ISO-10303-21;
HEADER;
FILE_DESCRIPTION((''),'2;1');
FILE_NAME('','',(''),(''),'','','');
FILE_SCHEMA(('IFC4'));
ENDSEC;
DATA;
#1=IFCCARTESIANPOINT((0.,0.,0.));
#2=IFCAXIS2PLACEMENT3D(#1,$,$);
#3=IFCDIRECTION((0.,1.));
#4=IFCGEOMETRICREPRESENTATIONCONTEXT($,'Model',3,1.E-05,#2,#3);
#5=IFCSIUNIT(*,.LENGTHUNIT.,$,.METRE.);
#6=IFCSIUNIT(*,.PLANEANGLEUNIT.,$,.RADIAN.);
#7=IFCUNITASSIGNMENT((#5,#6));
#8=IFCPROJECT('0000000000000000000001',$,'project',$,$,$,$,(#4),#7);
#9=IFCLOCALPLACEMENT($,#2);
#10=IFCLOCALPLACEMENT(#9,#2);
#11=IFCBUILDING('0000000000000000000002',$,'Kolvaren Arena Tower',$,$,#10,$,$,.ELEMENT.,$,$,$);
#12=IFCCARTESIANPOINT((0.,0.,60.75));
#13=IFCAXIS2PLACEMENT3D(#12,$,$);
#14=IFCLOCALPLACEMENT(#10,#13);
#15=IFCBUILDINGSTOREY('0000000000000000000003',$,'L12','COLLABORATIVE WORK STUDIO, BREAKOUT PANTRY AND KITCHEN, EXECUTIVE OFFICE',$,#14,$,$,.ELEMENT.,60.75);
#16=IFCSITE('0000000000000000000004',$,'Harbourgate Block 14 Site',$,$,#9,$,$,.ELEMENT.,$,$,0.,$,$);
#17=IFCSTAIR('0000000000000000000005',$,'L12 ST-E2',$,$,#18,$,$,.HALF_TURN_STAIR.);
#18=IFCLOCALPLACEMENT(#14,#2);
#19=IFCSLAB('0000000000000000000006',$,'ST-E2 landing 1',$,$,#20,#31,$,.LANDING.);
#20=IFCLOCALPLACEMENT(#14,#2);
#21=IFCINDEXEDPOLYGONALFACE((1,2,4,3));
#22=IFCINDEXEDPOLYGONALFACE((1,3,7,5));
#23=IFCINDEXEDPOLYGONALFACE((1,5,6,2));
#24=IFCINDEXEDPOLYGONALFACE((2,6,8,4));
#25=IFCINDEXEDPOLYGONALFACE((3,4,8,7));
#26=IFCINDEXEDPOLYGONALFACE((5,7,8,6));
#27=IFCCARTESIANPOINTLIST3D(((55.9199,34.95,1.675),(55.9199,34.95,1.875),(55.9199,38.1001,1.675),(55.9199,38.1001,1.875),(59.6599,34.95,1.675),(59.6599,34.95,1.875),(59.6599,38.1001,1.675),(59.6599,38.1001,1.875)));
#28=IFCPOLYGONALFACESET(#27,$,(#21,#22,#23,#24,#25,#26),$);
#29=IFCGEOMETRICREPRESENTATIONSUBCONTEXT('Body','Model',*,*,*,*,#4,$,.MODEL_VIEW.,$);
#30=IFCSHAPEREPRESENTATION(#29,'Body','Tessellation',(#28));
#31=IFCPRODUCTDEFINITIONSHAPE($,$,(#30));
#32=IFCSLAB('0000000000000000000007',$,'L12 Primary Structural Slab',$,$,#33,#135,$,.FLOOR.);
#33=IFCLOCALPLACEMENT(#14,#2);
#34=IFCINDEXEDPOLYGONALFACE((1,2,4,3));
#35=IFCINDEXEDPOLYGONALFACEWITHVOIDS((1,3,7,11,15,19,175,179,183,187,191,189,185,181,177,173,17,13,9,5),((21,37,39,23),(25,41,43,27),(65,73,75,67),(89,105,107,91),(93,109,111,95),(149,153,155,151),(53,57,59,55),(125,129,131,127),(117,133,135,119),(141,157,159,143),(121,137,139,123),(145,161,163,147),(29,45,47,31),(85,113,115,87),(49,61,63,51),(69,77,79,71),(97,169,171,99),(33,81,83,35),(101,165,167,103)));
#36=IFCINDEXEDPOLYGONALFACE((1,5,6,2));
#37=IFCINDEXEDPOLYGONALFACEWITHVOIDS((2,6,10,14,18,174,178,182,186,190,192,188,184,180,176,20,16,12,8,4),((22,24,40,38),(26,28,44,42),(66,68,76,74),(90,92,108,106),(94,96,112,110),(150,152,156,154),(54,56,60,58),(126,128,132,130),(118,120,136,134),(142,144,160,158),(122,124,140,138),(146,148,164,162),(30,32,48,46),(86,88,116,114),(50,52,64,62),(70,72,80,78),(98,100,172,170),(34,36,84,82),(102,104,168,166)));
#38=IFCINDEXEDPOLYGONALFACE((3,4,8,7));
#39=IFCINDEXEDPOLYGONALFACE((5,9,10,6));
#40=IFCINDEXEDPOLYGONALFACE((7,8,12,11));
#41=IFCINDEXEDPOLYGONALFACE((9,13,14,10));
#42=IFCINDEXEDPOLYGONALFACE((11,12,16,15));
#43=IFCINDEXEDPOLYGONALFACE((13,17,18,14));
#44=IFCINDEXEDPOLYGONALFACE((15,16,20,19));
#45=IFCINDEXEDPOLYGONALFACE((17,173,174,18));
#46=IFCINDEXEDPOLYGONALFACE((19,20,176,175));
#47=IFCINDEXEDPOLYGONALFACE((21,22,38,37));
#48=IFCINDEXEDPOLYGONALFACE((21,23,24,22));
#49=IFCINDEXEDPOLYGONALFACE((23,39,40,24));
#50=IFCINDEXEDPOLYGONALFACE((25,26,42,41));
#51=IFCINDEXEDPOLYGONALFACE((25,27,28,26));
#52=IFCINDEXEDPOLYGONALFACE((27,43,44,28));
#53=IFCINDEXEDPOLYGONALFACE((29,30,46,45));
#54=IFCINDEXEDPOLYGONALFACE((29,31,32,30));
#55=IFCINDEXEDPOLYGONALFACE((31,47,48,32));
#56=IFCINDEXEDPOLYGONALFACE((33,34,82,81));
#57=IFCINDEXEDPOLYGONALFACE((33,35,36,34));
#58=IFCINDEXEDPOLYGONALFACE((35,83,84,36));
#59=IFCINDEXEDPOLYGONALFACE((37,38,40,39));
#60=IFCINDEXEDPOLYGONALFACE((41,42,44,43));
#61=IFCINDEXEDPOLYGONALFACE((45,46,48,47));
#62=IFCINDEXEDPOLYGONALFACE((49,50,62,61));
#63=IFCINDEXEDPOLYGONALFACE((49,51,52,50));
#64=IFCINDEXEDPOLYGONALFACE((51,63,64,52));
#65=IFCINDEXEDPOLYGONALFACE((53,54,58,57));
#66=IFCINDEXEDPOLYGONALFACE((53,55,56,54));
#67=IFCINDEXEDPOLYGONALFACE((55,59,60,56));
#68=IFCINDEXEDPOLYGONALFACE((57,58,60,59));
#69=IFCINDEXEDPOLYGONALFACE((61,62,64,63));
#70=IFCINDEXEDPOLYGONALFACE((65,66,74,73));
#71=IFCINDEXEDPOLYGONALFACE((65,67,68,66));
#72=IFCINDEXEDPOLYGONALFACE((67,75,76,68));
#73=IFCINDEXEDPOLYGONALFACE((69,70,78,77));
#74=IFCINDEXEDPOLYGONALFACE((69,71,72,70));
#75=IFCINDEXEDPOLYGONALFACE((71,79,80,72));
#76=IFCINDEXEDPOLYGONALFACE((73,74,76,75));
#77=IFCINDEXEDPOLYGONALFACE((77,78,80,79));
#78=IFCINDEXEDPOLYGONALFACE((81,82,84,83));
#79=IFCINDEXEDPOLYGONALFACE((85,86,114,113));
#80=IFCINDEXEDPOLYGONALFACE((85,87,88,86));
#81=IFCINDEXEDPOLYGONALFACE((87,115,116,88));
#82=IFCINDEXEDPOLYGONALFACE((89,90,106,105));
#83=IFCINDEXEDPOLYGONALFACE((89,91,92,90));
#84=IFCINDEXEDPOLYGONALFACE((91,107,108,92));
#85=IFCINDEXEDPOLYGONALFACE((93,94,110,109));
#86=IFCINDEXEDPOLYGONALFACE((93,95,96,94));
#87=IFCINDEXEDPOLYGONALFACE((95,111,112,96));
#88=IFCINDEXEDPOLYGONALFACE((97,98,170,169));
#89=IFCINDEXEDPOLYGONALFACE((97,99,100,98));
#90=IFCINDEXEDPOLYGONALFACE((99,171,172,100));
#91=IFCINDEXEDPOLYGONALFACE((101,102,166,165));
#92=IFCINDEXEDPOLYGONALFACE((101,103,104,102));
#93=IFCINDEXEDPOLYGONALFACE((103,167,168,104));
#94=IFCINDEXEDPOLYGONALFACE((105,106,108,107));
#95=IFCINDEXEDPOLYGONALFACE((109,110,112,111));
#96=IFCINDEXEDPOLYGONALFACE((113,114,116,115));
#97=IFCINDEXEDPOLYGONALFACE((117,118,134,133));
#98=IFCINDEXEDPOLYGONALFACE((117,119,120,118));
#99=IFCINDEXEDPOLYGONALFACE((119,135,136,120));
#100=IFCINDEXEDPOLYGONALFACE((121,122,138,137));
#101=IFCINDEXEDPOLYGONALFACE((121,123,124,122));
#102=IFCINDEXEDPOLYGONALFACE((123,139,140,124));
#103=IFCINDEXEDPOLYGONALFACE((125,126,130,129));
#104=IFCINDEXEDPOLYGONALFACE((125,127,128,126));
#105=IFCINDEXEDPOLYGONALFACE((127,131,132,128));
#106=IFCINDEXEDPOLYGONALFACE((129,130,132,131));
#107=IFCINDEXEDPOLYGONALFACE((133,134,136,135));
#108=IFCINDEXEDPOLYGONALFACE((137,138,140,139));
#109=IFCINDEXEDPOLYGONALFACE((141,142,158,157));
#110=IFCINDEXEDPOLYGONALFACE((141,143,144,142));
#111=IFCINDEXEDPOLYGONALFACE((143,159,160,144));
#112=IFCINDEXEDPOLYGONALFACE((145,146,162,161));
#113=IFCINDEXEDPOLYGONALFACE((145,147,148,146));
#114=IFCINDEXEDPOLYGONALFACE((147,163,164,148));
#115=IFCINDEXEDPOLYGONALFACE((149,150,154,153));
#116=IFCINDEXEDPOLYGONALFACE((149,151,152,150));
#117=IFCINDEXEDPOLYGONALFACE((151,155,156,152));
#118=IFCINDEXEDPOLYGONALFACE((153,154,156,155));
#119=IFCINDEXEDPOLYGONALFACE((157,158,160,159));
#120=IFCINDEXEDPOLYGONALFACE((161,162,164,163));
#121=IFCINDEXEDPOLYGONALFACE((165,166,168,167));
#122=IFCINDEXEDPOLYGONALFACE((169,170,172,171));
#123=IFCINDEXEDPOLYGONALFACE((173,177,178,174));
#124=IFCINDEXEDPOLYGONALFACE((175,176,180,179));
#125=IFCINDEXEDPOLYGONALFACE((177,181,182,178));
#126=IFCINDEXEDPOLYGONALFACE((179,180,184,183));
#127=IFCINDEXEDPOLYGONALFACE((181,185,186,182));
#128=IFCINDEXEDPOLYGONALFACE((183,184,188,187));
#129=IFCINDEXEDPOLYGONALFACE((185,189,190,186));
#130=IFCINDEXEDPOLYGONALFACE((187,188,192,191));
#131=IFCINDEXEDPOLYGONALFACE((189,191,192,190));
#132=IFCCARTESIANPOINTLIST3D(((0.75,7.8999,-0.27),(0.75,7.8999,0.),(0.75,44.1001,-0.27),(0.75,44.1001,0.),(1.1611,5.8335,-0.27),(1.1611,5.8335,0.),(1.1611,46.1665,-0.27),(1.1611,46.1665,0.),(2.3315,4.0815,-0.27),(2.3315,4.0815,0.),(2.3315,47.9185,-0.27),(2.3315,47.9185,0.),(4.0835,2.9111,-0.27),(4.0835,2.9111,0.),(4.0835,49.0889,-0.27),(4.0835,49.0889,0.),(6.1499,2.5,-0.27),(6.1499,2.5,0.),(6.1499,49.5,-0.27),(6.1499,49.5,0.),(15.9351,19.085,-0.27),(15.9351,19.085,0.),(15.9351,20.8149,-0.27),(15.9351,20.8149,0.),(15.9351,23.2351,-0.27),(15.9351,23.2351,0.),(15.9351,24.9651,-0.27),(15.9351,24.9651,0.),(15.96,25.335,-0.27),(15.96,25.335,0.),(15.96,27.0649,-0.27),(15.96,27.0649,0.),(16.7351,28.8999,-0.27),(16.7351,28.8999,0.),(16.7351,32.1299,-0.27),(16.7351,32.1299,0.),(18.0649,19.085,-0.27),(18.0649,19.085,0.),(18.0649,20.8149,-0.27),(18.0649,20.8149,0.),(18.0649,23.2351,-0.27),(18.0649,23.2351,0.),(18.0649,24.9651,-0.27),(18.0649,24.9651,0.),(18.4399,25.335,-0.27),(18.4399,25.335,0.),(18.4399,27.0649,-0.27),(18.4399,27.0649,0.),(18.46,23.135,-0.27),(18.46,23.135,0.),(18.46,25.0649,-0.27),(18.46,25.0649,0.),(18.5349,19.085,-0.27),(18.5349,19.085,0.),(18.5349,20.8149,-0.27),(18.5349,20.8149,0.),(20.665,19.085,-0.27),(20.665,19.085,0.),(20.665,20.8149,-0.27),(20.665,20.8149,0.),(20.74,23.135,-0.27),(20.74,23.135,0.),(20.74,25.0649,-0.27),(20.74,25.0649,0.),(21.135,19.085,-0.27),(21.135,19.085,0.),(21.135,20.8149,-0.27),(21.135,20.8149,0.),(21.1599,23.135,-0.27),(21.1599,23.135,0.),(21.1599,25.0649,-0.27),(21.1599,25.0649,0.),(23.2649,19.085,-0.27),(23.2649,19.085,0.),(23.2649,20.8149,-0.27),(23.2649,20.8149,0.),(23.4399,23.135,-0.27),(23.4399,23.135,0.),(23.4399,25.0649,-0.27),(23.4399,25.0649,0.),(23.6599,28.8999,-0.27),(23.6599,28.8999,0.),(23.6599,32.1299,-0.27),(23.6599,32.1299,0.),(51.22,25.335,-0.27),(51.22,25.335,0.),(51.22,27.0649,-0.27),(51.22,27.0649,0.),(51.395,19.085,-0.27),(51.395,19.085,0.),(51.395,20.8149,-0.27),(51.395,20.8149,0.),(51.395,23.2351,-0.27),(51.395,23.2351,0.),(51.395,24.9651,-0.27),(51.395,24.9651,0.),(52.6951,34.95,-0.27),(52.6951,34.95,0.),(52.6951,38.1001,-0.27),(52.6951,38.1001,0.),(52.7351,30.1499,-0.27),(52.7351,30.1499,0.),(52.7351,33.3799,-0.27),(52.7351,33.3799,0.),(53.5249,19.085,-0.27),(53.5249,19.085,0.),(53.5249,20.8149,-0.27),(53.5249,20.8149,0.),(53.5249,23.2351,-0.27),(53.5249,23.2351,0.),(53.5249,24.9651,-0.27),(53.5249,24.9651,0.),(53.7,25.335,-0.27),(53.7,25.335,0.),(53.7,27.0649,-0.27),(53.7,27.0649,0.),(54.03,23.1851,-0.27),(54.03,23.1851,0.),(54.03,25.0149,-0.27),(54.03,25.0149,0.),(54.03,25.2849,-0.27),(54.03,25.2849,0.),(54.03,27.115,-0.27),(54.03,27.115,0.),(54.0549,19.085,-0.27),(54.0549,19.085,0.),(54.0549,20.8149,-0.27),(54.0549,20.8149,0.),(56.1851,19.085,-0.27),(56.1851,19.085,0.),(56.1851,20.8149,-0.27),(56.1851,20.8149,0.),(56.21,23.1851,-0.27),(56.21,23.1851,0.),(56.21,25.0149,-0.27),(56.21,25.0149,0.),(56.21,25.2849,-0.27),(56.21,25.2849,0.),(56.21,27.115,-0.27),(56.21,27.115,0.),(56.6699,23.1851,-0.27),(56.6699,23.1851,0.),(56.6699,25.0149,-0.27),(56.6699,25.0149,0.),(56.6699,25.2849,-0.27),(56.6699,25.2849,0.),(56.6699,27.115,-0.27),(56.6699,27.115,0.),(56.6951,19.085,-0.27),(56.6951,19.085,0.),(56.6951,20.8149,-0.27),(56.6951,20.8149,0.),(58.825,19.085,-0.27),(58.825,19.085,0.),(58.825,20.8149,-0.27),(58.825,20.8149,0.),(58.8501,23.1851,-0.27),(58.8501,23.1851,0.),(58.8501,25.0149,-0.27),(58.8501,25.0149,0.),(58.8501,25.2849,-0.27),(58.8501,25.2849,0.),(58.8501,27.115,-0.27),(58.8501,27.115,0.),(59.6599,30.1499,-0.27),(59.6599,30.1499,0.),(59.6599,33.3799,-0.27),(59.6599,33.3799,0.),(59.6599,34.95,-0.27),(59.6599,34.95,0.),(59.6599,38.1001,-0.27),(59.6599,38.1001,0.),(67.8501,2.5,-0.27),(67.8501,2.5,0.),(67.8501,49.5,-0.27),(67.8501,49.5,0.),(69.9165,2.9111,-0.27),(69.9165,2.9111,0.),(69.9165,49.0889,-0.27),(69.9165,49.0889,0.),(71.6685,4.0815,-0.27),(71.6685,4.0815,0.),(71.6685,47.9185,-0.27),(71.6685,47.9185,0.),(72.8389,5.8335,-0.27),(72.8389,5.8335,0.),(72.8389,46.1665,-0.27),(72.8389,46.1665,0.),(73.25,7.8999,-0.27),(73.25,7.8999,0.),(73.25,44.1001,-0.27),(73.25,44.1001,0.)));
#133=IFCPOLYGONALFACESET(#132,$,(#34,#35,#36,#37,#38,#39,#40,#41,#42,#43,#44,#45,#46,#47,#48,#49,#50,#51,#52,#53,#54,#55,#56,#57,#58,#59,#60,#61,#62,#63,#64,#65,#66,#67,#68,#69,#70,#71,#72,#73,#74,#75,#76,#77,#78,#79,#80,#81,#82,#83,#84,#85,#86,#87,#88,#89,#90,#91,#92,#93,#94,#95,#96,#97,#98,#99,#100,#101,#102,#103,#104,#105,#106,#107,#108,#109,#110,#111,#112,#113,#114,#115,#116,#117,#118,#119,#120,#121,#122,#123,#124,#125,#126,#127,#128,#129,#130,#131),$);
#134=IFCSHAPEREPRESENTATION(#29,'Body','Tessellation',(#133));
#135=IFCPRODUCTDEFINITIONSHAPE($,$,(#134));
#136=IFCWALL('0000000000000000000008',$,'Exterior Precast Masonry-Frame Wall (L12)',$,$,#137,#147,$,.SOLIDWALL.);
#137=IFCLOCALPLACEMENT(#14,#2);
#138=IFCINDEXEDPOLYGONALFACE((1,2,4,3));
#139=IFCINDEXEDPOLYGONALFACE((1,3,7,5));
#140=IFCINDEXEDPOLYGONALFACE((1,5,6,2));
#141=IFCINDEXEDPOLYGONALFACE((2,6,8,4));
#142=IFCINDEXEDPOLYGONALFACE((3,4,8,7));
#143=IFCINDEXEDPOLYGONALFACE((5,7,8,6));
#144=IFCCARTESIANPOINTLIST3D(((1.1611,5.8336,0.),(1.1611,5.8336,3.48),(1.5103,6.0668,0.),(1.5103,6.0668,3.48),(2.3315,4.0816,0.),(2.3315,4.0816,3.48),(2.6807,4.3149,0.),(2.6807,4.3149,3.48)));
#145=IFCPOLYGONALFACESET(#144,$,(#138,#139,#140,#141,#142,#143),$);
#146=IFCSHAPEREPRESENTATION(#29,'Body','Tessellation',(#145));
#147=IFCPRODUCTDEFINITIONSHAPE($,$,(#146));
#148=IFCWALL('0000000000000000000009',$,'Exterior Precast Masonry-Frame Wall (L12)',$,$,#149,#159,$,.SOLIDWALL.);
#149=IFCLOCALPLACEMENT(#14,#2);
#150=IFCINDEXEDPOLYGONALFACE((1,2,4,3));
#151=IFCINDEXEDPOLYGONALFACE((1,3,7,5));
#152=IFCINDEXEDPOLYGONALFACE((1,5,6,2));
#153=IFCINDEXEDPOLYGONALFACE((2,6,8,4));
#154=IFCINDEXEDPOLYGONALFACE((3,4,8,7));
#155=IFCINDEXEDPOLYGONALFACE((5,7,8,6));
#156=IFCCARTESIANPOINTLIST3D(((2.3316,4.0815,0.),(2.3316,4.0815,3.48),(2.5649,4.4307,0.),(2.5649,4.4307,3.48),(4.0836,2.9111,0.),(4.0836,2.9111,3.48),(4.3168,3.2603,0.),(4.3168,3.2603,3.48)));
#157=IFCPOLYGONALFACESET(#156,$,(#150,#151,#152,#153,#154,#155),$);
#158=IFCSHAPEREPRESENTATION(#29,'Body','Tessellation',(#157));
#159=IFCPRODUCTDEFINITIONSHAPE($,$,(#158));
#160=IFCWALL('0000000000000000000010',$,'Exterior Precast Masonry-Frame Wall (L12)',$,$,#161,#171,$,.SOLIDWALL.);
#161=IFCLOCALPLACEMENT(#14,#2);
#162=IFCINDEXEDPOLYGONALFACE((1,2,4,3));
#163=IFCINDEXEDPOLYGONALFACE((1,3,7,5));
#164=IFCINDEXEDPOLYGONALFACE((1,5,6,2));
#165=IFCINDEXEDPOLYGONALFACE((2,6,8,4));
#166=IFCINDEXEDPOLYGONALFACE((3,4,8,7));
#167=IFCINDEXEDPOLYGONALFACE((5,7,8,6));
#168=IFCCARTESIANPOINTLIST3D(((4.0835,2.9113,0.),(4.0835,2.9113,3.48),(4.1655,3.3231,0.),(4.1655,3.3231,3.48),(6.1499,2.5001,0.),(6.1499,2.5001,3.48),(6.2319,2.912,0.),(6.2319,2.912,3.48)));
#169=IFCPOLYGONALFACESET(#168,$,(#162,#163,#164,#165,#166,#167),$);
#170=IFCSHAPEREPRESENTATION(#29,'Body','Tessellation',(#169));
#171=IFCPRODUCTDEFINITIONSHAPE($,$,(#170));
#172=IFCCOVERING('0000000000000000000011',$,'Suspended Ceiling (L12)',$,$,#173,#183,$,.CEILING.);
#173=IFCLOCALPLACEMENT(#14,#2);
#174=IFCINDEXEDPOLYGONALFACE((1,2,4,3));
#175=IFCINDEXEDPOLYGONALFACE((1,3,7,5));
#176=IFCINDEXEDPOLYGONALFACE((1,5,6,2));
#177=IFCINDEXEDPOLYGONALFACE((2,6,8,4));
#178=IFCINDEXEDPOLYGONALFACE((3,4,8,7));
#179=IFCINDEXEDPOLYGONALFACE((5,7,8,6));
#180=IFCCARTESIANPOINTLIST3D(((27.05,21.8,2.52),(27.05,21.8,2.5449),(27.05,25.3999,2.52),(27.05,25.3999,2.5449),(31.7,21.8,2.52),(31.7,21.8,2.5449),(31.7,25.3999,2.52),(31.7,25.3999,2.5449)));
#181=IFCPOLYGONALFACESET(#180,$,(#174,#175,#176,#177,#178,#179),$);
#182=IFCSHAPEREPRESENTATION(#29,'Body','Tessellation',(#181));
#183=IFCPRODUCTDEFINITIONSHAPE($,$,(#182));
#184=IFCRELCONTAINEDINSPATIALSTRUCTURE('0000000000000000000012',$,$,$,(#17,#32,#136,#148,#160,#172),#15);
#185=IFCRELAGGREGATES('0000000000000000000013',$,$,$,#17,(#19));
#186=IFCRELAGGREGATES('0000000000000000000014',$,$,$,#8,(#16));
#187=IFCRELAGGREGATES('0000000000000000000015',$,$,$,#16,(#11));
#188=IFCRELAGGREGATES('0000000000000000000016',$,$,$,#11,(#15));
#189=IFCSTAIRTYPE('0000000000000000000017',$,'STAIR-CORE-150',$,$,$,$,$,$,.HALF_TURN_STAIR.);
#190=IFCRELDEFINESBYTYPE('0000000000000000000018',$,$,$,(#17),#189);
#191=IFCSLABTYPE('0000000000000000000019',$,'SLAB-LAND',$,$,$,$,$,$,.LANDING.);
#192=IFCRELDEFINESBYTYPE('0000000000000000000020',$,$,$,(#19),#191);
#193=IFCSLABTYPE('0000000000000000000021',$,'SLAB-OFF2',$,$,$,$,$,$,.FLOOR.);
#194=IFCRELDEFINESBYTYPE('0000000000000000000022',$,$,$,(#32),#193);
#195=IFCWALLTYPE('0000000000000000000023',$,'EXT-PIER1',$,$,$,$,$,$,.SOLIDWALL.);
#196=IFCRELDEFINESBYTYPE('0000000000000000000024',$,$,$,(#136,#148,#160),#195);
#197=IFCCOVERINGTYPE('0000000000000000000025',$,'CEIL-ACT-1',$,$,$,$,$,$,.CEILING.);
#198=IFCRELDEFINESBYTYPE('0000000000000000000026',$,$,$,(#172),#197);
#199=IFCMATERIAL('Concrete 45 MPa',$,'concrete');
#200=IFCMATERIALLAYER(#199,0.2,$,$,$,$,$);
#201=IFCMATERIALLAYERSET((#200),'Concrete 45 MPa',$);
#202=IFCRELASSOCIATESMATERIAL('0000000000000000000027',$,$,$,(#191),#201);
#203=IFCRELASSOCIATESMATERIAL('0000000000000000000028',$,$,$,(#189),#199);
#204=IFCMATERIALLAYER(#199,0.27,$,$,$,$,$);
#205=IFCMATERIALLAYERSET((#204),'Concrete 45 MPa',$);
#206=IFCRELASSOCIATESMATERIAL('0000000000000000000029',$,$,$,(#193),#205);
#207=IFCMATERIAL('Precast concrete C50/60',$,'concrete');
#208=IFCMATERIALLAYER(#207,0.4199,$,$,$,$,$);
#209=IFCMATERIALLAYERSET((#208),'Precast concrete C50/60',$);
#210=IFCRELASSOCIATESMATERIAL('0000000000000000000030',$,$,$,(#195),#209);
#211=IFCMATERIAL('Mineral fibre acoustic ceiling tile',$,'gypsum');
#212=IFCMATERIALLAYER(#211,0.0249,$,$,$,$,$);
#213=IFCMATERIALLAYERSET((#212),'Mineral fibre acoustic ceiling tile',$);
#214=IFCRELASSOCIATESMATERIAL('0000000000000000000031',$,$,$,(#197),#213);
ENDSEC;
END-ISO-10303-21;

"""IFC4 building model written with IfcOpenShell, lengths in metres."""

from ifc_helpers import new_model, si_unit, direction, frame, frame_2d, origin, place, context, subcontext, project, spatial, polyline, rectangle, outline, extrude, material, layer, layer_set, type_object, element, aggregate, save


model = new_model("IFC4")

# Units and contexts
model_context = context("Model", 3, precision=1e-05, world=origin(), true_north=direction((0.0, 1.0)))
body_context = subcontext(model_context, "Body", "Model", "MODEL_VIEW")
ifc_project = project(units=[si_unit("LENGTHUNIT", "METRE"), si_unit("PLANEANGLEUNIT", "RADIAN")], contexts=[model_context])

# Site, building, storey
site_placement = place(None, origin())
site = spatial("IfcSite", under=ifc_project, at=site_placement, Name="Harbourgate Block 14 Site", CompositionType="ELEMENT", RefElevation=0.0)
building_placement = place(site_placement, origin())
building = spatial("IfcBuilding", under=site, at=building_placement, Name="Kolvaren Arena Tower", CompositionType="ELEMENT")
storey_placement = place(building_placement, frame((0.0, 0.0, 60.75)))
storey = spatial("IfcBuildingStorey", under=building, at=storey_placement, Name="L12", Description="COLLABORATIVE WORK STUDIO, BREAKOUT PANTRY AND KITCHEN, EXECUTIVE OFFICE", CompositionType="ELEMENT", Elevation=60.75)

# Stair, slab
ifc_material_1 = material(Name="Concrete 45 MPa", Category="concrete")
ifc_layer_1 = layer(ifc_material_1, 0.2)
ifc_layer_set_1 = layer_set([ifc_layer_1], Name="Concrete 45 MPa")
slab_type_1 = type_object("IfcSlabType", Name="SLAB-LAND", PredefinedType="LANDING", material=ifc_layer_set_1)
stair_type_1 = type_object("IfcStairType", Name="STAIR-CORE-150", PredefinedType="HALF_TURN_STAIR", material=ifc_material_1)
stair_1_placement = place(storey_placement, origin())
stair_1 = element("IfcStair", 1, at=stair_1_placement, inside=storey, type_object=stair_type_1, Name="L12 ST-E2", PredefinedType="HALF_TURN_STAIR")
slab_1_placement = place(storey_placement, frame((0.0, 0.0, 1.675)))
slab_1 = element("IfcSlab", 2, at=slab_1_placement, type_object=slab_type_1, Name="ST-E2 landing 1", PredefinedType="LANDING", context=body_context, shape_type="SweptSolid", body=[
    extrude(outline(polyline([(55.9199, 34.95), (59.6599, 34.95), (59.6599, 38.1001), (55.9199, 38.1001), (55.9199, 34.95)])), origin(), (0.0, 0.0, 1.0), 0.2),
])
aggregate(stair_1, [slab_1])

# Slab
ifc_layer_2 = layer(ifc_material_1, 0.27)
ifc_layer_set_2 = layer_set([ifc_layer_2], Name="Concrete 45 MPa")
slab_type_2 = type_object("IfcSlabType", Name="SLAB-OFF2", PredefinedType="FLOOR", material=ifc_layer_set_2)
slab_2_placement = place(storey_placement, frame((0.0, 0.0, -0.27)))
element("IfcSlab", 3, at=slab_2_placement, inside=storey, type_object=slab_type_2, Name="L12 Primary Structural Slab", PredefinedType="FLOOR", context=body_context, shape_type="SweptSolid", body=[
    extrude(outline(polyline([(67.8501, 2.5), (69.9165, 2.9111), (71.6685, 4.0815), (72.8389, 5.8335), (73.25, 7.8999), (73.25, 44.1001), (72.8389, 46.1665), (71.6685, 47.9185), (69.9165, 49.0889), (67.8501, 49.5), (6.1499, 49.5), (4.0835, 49.0889), (2.3315, 47.9185), (1.1611, 46.1665), (0.75, 44.1001), (0.75, 7.8999), (1.1611, 5.8335), (2.3315, 4.0815), (4.0835, 2.9111), (6.1499, 2.5), (67.8501, 2.5)]), holes=[polyline([(15.9351, 19.085), (15.9351, 20.8149), (18.0649, 20.8149), (18.0649, 19.085), (15.9351, 19.085)]), polyline([(18.5349, 19.085), (18.5349, 20.8149), (20.665, 20.8149), (20.665, 19.085), (18.5349, 19.085)]), polyline([(21.135, 19.085), (21.135, 20.8149), (23.2649, 20.8149), (23.2649, 19.085), (21.135, 19.085)]), polyline([(51.395, 19.085), (51.395, 20.8149), (53.5249, 20.8149), (53.5249, 19.085), (51.395, 19.085)]), polyline([(54.0549, 19.085), (54.0549, 20.8149), (56.1851, 20.8149), (56.1851, 19.085), (54.0549, 19.085)]), polyline([(56.6951, 19.085), (56.6951, 20.8149), (58.825, 20.8149), (58.825, 19.085), (56.6951, 19.085)]), polyline([(18.46, 23.135), (18.46, 25.0649), (20.74, 25.0649), (20.74, 23.135), (18.46, 23.135)]), polyline([(21.1599, 23.135), (21.1599, 25.0649), (23.4399, 25.0649), (23.4399, 23.135), (21.1599, 23.135)]), polyline([(54.03, 25.0149), (56.21, 25.0149), (56.21, 23.1851), (54.03, 23.1851), (54.03, 25.0149)]), polyline([(56.6699, 25.0149), (58.8501, 25.0149), (58.8501, 23.1851), (56.6699, 23.1851), (56.6699, 25.0149)]), polyline([(15.9351, 23.2351), (15.9351, 24.9651), (18.0649, 24.9651), (18.0649, 23.2351), (15.9351, 23.2351)]), polyline([(51.395, 24.9651), (53.5249, 24.9651), (53.5249, 23.2351), (51.395, 23.2351), (51.395, 24.9651)]), polyline([(54.03, 25.2849), (54.03, 27.115), (56.21, 27.115), (56.21, 25.2849), (54.03, 25.2849)]), polyline([(56.6699, 25.2849), (56.6699, 27.115), (58.8501, 27.115), (58.8501, 25.2849), (56.6699, 25.2849)]), polyline([(15.96, 27.0649), (18.4399, 27.0649), (18.4399, 25.335), (15.96, 25.335), (15.96, 27.0649)]), polyline([(51.22, 25.335), (51.22, 27.0649), (53.7, 27.0649), (53.7, 25.335), (51.22, 25.335)]), polyline([(16.7351, 28.8999), (16.7351, 32.1299), (23.6599, 32.1299), (23.6599, 28.8999), (16.7351, 28.8999)]), polyline([(52.7351, 33.3799), (59.6599, 33.3799), (59.6599, 30.1499), (52.7351, 30.1499), (52.7351, 33.3799)]), polyline([(52.6951, 38.1001), (59.6599, 38.1001), (59.6599, 34.95), (52.6951, 34.95), (52.6951, 38.1001)])]), origin(), (0.0, 0.0, 1.0), 0.27),
])

# Walls
ifc_material_2 = material(Name="Precast concrete C50/60", Category="concrete")
ifc_layer_3 = layer(ifc_material_2, 0.4199)
ifc_layer_set_3 = layer_set([ifc_layer_3], Name="Precast concrete C50/60")
wall_type = type_object("IfcWallType", Name="EXT-PIER1", PredefinedType="SOLIDWALL", material=ifc_layer_set_3)
for number, where, z_axis, x_axis, name in (
    (4, (2.5061, 4.1982, 0.0), (0.0, 0.0, 1.0), (-0.555502, 0.831515, 0.0), "Exterior Precast Masonry-Frame Wall (L12)"),
    (5, (4.2002, 3.0857, 0.0), (0.0, 0.0, 1.0), (-0.831515, 0.555502, 0.0), "Exterior Precast Masonry-Frame Wall (L12)"),
    (6, (6.1909, 2.7061, 0.0), (0.0, 0.0, 1.0), (-0.980776, 0.195136, 0.0), "Exterior Precast Masonry-Frame Wall (L12)"),
):
    element("IfcWall", number, at=place(storey_placement, frame(where, z_axis=z_axis, x_axis=x_axis)), inside=storey, type_object=wall_type, Name=name, PredefinedType="SOLIDWALL", context=body_context, shape_type="SweptSolid", body=[
        extrude(rectangle(XDim=2.1069, YDim=0.4199, at=frame_2d((1.0535, 0.0))), origin(), (0.0, 0.0, 1.0), 3.48),
    ])

# Covering
ifc_material_3 = material(Name="Mineral fibre acoustic ceiling tile", Category="gypsum")
ifc_layer_4 = layer(ifc_material_3, 0.0249)
ifc_layer_set_4 = layer_set([ifc_layer_4], Name="Mineral fibre acoustic ceiling tile")
covering_type_1 = type_object("IfcCoveringType", Name="CEIL-ACT-1", PredefinedType="CEILING", material=ifc_layer_set_4)
covering_1_placement = place(storey_placement, frame((0.0, 0.0, 2.52)))
element("IfcCovering", 7, at=covering_1_placement, inside=storey, type_object=covering_type_1, Name="Suspended Ceiling (L12)", PredefinedType="CEILING", context=body_context, shape_type="SweptSolid", body=[
    extrude(outline(polyline([(27.05, 21.8), (27.05, 25.3999), (31.7, 25.3999), (31.7, 21.8), (27.05, 21.8)])), origin(), (0.0, 0.0, 1.0), 0.0249),
])

save(model, "model.ifc")
